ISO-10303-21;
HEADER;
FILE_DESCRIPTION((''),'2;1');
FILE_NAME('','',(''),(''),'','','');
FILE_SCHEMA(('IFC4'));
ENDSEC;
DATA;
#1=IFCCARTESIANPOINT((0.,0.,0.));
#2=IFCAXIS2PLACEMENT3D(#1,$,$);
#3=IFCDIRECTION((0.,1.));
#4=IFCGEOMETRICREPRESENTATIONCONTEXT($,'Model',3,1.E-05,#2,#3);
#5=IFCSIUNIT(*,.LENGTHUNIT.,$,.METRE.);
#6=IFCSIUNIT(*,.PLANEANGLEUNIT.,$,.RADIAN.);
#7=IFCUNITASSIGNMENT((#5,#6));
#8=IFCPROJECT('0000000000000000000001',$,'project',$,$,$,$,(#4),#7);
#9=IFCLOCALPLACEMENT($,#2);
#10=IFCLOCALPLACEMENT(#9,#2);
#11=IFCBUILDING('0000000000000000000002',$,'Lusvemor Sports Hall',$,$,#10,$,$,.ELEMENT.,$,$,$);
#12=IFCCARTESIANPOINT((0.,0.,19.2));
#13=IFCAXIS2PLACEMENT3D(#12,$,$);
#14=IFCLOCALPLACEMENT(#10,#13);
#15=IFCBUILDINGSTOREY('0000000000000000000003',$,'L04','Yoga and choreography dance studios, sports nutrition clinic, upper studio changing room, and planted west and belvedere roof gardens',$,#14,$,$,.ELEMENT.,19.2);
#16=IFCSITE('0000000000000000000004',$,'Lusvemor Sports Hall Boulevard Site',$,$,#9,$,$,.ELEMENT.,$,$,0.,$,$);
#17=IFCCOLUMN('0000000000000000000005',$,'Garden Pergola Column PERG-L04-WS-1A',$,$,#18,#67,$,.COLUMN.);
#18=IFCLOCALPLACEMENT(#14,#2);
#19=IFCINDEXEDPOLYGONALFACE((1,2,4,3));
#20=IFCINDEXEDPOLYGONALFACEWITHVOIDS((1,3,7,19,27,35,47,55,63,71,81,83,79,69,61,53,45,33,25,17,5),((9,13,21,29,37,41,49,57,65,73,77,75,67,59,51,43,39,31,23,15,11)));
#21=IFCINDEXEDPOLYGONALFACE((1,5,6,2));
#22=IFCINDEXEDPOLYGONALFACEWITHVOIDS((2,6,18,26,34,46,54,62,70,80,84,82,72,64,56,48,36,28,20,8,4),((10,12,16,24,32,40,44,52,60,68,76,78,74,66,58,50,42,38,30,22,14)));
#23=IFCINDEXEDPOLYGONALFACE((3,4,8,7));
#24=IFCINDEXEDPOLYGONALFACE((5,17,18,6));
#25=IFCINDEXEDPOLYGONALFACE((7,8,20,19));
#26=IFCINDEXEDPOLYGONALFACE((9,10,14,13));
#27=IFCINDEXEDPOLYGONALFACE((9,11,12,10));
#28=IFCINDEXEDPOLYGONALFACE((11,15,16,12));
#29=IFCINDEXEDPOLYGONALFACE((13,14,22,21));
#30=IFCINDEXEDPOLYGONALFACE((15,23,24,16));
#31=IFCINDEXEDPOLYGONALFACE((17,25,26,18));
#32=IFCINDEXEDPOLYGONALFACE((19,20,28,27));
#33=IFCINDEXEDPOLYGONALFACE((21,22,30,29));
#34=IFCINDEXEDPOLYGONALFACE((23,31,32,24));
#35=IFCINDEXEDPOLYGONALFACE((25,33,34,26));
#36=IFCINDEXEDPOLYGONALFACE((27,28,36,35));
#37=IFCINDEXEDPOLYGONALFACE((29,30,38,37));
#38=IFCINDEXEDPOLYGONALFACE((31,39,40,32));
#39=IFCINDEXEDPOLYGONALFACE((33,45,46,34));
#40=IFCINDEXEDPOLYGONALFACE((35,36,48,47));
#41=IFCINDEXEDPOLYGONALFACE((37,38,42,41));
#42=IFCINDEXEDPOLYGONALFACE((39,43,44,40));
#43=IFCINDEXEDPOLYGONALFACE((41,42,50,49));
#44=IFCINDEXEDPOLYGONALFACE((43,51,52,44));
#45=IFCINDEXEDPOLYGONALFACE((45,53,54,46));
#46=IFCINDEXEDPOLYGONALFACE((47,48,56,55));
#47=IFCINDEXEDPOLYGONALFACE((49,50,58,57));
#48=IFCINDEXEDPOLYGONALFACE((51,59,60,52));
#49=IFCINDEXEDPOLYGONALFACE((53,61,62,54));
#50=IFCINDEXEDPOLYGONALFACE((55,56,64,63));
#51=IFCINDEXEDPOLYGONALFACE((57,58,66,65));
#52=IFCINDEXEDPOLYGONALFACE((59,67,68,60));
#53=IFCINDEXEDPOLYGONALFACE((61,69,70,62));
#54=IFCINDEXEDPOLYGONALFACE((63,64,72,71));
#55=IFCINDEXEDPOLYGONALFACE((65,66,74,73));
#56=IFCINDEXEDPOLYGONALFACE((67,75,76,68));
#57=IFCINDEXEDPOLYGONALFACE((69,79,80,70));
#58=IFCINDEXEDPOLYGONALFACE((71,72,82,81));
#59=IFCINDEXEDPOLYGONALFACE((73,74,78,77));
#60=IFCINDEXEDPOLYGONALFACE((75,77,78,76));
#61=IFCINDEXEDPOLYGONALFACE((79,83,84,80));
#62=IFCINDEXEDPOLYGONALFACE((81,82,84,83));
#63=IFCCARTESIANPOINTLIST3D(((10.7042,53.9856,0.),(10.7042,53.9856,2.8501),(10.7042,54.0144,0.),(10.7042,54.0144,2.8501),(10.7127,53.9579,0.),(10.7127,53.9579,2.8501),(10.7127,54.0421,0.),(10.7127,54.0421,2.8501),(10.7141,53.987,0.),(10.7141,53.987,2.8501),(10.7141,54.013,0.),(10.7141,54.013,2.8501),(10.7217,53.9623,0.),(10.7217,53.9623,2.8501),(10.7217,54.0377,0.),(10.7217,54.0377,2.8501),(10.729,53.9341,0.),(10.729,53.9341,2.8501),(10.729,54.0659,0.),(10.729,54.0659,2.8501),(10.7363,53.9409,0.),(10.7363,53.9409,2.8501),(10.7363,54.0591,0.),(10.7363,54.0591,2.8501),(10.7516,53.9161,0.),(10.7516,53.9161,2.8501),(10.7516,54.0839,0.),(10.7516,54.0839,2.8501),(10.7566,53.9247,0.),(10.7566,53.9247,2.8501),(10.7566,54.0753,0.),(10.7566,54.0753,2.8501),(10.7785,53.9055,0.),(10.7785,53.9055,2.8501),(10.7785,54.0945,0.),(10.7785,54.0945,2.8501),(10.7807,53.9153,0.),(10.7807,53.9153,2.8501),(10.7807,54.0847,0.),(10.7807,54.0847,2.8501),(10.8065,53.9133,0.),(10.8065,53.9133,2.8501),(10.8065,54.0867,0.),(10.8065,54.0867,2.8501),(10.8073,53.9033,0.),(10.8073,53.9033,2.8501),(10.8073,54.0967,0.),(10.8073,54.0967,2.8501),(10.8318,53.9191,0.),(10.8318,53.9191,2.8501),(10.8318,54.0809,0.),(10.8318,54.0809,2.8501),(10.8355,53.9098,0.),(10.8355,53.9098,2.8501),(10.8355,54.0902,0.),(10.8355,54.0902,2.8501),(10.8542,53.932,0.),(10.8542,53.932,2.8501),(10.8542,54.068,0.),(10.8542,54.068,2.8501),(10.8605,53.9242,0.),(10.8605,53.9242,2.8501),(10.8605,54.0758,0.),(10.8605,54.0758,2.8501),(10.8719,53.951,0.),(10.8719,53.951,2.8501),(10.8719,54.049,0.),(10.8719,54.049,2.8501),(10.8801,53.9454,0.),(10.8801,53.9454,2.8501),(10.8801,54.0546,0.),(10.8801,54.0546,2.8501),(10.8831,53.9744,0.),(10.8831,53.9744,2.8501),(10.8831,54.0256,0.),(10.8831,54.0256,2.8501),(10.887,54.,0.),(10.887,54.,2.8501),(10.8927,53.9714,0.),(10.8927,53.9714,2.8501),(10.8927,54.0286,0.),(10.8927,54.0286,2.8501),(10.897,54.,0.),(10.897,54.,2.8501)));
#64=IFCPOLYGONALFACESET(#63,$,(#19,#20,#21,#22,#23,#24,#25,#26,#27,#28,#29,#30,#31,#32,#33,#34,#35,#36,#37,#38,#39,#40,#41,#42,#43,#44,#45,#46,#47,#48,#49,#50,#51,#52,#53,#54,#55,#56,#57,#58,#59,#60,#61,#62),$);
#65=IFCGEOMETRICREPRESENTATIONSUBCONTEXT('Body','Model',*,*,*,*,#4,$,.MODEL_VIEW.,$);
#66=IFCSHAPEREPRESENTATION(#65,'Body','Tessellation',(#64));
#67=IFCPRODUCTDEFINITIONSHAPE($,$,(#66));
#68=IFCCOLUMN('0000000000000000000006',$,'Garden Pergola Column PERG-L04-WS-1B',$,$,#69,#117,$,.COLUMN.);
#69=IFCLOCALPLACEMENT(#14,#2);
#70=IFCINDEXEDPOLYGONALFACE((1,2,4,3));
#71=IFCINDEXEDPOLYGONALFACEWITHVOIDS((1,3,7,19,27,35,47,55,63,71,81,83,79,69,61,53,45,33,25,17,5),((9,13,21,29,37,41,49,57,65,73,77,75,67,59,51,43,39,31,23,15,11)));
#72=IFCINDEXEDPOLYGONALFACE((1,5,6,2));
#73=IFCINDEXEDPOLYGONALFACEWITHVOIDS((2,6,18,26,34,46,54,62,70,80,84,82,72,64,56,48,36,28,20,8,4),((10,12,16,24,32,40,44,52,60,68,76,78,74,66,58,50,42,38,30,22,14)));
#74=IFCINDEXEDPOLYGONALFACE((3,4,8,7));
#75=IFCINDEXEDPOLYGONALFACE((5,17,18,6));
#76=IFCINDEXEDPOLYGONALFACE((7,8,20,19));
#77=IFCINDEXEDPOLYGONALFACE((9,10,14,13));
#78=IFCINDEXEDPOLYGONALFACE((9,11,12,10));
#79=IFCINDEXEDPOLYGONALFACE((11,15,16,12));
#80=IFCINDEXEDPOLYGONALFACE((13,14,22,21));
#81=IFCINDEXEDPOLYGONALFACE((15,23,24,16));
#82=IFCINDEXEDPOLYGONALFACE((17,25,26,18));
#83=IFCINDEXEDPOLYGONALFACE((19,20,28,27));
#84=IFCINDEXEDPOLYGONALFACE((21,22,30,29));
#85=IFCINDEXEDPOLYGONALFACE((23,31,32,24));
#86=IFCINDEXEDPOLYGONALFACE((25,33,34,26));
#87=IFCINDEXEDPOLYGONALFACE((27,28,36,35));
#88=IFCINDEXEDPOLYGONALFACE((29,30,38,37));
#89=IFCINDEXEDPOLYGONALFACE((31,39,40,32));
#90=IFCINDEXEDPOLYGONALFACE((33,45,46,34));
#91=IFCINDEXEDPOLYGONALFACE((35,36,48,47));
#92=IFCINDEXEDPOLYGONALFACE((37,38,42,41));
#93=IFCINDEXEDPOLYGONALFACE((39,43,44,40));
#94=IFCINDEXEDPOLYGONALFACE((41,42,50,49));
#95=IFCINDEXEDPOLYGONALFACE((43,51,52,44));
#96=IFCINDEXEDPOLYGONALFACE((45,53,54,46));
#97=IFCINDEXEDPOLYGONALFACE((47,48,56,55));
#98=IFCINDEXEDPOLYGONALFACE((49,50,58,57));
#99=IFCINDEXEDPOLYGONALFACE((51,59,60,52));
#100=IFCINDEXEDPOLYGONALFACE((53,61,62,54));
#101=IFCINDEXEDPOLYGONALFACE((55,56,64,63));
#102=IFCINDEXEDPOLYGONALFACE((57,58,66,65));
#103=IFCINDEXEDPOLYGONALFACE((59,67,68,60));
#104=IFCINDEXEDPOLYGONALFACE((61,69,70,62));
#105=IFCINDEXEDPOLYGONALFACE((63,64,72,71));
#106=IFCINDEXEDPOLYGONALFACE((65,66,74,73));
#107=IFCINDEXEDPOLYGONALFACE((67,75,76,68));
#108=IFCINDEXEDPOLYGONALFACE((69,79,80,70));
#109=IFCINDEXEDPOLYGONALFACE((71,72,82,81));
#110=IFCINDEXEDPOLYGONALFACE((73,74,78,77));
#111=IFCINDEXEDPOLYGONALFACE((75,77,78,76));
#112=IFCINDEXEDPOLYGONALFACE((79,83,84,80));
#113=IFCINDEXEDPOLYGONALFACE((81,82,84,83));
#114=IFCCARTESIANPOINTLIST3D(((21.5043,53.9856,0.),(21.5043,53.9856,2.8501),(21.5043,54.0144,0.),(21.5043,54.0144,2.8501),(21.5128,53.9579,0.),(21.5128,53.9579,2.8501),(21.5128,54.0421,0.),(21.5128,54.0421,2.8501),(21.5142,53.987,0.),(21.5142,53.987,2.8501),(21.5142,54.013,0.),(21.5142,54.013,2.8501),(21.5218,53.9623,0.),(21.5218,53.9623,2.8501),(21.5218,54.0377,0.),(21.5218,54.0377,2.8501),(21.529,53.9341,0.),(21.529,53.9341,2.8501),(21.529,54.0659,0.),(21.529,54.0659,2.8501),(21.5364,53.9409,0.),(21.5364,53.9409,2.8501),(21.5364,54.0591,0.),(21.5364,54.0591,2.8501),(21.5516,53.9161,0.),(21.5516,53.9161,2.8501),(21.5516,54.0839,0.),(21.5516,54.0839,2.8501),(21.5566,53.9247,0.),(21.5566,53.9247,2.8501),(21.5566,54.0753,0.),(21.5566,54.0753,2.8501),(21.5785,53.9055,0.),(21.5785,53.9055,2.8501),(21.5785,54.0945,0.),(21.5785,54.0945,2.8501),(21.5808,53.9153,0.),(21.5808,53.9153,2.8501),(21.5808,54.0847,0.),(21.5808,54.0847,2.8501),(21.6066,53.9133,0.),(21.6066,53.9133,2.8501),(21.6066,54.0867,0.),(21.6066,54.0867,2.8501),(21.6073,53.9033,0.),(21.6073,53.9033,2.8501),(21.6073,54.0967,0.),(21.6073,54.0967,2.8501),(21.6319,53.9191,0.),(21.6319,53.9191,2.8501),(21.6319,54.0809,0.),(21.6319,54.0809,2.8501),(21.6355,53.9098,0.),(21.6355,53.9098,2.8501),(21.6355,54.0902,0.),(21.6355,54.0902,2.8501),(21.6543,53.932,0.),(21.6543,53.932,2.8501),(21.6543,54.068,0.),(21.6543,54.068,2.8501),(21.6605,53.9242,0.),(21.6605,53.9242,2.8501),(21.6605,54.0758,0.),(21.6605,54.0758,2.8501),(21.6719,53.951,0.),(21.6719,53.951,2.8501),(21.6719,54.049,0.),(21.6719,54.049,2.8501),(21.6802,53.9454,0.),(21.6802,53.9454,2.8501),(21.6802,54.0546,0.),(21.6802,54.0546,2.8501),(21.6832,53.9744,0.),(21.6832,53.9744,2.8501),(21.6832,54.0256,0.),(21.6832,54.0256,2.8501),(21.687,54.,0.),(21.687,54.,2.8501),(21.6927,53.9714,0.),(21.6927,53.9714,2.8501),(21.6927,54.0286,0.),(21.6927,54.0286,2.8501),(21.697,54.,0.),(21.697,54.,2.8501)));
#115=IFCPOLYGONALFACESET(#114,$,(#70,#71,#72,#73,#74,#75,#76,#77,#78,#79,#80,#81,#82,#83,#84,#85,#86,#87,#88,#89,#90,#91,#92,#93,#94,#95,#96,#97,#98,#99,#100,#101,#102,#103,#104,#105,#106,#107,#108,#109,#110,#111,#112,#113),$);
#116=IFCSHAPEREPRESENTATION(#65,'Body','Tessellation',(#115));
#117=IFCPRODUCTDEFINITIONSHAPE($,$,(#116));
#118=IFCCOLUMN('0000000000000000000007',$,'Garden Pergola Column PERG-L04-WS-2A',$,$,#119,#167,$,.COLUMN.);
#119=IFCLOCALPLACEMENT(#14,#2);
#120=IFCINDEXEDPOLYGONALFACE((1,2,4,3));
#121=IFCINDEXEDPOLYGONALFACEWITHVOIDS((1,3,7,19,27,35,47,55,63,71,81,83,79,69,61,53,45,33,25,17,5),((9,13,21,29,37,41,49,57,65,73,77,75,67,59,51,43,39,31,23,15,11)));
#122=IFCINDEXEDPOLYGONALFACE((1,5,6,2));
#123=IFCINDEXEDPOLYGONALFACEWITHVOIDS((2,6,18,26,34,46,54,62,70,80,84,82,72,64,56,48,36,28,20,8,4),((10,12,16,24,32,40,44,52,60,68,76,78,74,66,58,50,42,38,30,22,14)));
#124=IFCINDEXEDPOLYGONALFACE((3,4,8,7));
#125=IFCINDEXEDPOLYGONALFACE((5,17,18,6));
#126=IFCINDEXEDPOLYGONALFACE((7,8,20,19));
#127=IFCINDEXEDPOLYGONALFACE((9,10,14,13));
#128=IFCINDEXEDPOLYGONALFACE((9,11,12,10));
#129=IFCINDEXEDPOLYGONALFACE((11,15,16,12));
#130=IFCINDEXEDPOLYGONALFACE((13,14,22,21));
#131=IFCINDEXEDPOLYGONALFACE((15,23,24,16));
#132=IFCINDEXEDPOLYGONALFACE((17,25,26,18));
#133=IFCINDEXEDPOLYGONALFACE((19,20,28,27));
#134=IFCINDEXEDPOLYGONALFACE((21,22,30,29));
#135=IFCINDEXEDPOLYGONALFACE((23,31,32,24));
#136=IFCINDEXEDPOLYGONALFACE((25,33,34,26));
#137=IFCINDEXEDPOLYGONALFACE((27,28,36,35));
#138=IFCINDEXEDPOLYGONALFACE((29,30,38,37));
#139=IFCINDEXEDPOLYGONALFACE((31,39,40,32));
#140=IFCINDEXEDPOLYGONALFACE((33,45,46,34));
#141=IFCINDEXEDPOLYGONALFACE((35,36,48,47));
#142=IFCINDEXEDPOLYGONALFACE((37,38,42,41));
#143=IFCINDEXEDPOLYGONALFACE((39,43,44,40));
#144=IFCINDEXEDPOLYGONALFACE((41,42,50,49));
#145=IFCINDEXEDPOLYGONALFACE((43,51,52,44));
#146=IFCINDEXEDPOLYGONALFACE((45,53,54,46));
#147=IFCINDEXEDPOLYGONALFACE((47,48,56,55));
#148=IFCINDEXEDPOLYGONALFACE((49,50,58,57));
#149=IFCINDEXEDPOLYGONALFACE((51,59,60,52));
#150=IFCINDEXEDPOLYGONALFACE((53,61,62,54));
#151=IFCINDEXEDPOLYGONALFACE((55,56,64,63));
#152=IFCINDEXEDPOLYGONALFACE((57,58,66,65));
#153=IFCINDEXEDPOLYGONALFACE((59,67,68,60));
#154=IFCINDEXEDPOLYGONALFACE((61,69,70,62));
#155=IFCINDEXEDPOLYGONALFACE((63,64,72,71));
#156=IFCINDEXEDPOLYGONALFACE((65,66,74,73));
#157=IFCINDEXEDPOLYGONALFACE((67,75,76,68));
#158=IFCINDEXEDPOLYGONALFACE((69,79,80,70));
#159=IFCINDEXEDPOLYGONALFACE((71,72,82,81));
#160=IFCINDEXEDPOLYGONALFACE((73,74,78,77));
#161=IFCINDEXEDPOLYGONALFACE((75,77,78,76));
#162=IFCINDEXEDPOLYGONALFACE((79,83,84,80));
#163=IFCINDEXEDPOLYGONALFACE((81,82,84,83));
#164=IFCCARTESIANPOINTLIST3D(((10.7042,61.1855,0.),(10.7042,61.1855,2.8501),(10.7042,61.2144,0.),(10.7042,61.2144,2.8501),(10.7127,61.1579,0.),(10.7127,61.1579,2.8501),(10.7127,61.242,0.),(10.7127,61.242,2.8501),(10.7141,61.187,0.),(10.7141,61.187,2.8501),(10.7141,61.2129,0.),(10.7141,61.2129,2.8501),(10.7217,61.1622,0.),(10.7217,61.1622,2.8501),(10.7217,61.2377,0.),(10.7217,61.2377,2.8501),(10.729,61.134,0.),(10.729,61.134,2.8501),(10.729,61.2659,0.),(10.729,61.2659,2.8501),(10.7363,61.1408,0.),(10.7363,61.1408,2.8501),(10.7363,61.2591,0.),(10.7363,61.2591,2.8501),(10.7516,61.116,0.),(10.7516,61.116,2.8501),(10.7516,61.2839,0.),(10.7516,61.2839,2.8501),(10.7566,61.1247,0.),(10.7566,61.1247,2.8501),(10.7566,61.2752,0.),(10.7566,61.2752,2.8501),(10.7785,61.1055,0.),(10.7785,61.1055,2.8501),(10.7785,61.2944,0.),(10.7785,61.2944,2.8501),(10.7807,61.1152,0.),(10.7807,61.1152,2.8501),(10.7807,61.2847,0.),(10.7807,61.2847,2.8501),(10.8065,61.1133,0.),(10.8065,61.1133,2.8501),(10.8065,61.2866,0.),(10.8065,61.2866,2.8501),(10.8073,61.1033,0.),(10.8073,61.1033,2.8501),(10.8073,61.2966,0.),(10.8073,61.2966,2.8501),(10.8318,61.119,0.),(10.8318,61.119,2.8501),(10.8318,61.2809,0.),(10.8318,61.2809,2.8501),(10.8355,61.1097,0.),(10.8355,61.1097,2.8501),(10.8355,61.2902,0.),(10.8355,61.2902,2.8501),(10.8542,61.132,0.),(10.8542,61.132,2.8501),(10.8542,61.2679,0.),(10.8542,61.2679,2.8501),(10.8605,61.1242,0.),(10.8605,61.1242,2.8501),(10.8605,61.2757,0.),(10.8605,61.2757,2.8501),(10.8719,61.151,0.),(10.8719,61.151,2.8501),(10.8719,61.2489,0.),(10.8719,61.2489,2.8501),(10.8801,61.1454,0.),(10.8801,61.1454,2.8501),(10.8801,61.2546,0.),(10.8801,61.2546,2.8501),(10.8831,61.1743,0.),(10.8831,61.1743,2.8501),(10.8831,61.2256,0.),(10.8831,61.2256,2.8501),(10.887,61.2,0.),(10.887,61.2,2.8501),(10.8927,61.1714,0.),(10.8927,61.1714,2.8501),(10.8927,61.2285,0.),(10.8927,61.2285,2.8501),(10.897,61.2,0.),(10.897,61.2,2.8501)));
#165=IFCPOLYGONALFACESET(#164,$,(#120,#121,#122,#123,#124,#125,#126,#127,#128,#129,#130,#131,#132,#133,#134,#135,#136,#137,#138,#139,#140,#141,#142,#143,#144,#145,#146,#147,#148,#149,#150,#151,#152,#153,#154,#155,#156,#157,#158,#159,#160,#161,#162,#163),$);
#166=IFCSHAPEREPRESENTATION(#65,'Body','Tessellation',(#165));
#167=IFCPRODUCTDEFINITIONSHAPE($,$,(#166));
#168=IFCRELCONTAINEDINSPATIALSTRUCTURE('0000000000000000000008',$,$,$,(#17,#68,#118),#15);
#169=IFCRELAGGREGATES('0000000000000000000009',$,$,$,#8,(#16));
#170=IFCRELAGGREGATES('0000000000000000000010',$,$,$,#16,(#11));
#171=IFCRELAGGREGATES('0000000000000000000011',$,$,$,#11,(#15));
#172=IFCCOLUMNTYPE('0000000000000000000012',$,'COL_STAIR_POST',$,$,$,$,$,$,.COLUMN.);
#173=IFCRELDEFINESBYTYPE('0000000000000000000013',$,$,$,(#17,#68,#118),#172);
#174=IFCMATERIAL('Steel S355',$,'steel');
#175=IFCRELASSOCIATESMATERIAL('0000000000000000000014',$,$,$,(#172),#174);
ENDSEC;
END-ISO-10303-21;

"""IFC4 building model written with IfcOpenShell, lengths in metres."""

from ifc_helpers import new_model, si_unit, direction, frame, origin, origin_2d, place, context, subcontext, project, spatial, hollow_circle, extrude, material, material_profile, profile_set, type_object, element, save


model = new_model("IFC4")

# Units and contexts
model_context = context("Model", 3, precision=1e-05, world=origin(), true_north=direction((0.0, 1.0)))
body_context = subcontext(model_context, "Body", "Model", "MODEL_VIEW")
ifc_project = project(units=[si_unit("LENGTHUNIT", "METRE"), si_unit("PLANEANGLEUNIT", "RADIAN")], contexts=[model_context])

# Site, building, storey
site_placement = place(None, origin())
site = spatial("IfcSite", under=ifc_project, at=site_placement, Name="Lusvemor Sports Hall Boulevard Site", CompositionType="ELEMENT", RefElevation=0.0)
building_placement = place(site_placement, origin())
building = spatial("IfcBuilding", under=site, at=building_placement, Name="Lusvemor Sports Hall", CompositionType="ELEMENT")
storey_placement = place(building_placement, frame((0.0, 0.0, 19.2)))
storey = spatial("IfcBuildingStorey", under=building, at=storey_placement, Name="L04", Description="Yoga and choreography dance studios, sports nutrition clinic, upper studio changing room, and planted west and belvedere roof gardens", CompositionType="ELEMENT", Elevation=19.2)

# Columns
ifc_material_1 = material(Name="Steel S355", Category="steel")
ifc_material_profile_1 = material_profile(ifc_material_1, hollow_circle(Radius=0.0969, WallThickness=0.01, at=origin_2d()), Name="CHS193.7x10.0")
ifc_profile_set_1 = profile_set([ifc_material_profile_1], Name="Steel S355")
column_type = type_object("IfcColumnType", Name="COL_STAIR_POST", PredefinedType="COLUMN", material=ifc_profile_set_1)
for number, where, z_axis, x_axis, name in (
    (1, (10.8, 54.0, 0.0), (0.0, 0.0, 1.0), (1.0, 0.0, 0.0), "Garden Pergola Column PERG-L04-WS-1A"),
    (2, (21.6001, 54.0, 0.0), (0.0, 0.0, 1.0), (1.0, 0.0, 0.0), "Garden Pergola Column PERG-L04-WS-1B"),
    (3, (10.8, 61.2, 0.0), (0.0, 0.0, 1.0), (1.0, 0.0, 0.0), "Garden Pergola Column PERG-L04-WS-2A"),
):
    element("IfcColumn", number, at=place(storey_placement, frame(where, z_axis=z_axis, x_axis=x_axis)), inside=storey, type_object=column_type, Name=name, PredefinedType="COLUMN", context=body_context, shape_type="SweptSolid", body=[
        extrude(hollow_circle(Radius=0.0969, WallThickness=0.01, at=origin_2d()), origin(), (0.0, 0.0, 1.0), 2.8501),
    ])

save(model, "model.ifc")
